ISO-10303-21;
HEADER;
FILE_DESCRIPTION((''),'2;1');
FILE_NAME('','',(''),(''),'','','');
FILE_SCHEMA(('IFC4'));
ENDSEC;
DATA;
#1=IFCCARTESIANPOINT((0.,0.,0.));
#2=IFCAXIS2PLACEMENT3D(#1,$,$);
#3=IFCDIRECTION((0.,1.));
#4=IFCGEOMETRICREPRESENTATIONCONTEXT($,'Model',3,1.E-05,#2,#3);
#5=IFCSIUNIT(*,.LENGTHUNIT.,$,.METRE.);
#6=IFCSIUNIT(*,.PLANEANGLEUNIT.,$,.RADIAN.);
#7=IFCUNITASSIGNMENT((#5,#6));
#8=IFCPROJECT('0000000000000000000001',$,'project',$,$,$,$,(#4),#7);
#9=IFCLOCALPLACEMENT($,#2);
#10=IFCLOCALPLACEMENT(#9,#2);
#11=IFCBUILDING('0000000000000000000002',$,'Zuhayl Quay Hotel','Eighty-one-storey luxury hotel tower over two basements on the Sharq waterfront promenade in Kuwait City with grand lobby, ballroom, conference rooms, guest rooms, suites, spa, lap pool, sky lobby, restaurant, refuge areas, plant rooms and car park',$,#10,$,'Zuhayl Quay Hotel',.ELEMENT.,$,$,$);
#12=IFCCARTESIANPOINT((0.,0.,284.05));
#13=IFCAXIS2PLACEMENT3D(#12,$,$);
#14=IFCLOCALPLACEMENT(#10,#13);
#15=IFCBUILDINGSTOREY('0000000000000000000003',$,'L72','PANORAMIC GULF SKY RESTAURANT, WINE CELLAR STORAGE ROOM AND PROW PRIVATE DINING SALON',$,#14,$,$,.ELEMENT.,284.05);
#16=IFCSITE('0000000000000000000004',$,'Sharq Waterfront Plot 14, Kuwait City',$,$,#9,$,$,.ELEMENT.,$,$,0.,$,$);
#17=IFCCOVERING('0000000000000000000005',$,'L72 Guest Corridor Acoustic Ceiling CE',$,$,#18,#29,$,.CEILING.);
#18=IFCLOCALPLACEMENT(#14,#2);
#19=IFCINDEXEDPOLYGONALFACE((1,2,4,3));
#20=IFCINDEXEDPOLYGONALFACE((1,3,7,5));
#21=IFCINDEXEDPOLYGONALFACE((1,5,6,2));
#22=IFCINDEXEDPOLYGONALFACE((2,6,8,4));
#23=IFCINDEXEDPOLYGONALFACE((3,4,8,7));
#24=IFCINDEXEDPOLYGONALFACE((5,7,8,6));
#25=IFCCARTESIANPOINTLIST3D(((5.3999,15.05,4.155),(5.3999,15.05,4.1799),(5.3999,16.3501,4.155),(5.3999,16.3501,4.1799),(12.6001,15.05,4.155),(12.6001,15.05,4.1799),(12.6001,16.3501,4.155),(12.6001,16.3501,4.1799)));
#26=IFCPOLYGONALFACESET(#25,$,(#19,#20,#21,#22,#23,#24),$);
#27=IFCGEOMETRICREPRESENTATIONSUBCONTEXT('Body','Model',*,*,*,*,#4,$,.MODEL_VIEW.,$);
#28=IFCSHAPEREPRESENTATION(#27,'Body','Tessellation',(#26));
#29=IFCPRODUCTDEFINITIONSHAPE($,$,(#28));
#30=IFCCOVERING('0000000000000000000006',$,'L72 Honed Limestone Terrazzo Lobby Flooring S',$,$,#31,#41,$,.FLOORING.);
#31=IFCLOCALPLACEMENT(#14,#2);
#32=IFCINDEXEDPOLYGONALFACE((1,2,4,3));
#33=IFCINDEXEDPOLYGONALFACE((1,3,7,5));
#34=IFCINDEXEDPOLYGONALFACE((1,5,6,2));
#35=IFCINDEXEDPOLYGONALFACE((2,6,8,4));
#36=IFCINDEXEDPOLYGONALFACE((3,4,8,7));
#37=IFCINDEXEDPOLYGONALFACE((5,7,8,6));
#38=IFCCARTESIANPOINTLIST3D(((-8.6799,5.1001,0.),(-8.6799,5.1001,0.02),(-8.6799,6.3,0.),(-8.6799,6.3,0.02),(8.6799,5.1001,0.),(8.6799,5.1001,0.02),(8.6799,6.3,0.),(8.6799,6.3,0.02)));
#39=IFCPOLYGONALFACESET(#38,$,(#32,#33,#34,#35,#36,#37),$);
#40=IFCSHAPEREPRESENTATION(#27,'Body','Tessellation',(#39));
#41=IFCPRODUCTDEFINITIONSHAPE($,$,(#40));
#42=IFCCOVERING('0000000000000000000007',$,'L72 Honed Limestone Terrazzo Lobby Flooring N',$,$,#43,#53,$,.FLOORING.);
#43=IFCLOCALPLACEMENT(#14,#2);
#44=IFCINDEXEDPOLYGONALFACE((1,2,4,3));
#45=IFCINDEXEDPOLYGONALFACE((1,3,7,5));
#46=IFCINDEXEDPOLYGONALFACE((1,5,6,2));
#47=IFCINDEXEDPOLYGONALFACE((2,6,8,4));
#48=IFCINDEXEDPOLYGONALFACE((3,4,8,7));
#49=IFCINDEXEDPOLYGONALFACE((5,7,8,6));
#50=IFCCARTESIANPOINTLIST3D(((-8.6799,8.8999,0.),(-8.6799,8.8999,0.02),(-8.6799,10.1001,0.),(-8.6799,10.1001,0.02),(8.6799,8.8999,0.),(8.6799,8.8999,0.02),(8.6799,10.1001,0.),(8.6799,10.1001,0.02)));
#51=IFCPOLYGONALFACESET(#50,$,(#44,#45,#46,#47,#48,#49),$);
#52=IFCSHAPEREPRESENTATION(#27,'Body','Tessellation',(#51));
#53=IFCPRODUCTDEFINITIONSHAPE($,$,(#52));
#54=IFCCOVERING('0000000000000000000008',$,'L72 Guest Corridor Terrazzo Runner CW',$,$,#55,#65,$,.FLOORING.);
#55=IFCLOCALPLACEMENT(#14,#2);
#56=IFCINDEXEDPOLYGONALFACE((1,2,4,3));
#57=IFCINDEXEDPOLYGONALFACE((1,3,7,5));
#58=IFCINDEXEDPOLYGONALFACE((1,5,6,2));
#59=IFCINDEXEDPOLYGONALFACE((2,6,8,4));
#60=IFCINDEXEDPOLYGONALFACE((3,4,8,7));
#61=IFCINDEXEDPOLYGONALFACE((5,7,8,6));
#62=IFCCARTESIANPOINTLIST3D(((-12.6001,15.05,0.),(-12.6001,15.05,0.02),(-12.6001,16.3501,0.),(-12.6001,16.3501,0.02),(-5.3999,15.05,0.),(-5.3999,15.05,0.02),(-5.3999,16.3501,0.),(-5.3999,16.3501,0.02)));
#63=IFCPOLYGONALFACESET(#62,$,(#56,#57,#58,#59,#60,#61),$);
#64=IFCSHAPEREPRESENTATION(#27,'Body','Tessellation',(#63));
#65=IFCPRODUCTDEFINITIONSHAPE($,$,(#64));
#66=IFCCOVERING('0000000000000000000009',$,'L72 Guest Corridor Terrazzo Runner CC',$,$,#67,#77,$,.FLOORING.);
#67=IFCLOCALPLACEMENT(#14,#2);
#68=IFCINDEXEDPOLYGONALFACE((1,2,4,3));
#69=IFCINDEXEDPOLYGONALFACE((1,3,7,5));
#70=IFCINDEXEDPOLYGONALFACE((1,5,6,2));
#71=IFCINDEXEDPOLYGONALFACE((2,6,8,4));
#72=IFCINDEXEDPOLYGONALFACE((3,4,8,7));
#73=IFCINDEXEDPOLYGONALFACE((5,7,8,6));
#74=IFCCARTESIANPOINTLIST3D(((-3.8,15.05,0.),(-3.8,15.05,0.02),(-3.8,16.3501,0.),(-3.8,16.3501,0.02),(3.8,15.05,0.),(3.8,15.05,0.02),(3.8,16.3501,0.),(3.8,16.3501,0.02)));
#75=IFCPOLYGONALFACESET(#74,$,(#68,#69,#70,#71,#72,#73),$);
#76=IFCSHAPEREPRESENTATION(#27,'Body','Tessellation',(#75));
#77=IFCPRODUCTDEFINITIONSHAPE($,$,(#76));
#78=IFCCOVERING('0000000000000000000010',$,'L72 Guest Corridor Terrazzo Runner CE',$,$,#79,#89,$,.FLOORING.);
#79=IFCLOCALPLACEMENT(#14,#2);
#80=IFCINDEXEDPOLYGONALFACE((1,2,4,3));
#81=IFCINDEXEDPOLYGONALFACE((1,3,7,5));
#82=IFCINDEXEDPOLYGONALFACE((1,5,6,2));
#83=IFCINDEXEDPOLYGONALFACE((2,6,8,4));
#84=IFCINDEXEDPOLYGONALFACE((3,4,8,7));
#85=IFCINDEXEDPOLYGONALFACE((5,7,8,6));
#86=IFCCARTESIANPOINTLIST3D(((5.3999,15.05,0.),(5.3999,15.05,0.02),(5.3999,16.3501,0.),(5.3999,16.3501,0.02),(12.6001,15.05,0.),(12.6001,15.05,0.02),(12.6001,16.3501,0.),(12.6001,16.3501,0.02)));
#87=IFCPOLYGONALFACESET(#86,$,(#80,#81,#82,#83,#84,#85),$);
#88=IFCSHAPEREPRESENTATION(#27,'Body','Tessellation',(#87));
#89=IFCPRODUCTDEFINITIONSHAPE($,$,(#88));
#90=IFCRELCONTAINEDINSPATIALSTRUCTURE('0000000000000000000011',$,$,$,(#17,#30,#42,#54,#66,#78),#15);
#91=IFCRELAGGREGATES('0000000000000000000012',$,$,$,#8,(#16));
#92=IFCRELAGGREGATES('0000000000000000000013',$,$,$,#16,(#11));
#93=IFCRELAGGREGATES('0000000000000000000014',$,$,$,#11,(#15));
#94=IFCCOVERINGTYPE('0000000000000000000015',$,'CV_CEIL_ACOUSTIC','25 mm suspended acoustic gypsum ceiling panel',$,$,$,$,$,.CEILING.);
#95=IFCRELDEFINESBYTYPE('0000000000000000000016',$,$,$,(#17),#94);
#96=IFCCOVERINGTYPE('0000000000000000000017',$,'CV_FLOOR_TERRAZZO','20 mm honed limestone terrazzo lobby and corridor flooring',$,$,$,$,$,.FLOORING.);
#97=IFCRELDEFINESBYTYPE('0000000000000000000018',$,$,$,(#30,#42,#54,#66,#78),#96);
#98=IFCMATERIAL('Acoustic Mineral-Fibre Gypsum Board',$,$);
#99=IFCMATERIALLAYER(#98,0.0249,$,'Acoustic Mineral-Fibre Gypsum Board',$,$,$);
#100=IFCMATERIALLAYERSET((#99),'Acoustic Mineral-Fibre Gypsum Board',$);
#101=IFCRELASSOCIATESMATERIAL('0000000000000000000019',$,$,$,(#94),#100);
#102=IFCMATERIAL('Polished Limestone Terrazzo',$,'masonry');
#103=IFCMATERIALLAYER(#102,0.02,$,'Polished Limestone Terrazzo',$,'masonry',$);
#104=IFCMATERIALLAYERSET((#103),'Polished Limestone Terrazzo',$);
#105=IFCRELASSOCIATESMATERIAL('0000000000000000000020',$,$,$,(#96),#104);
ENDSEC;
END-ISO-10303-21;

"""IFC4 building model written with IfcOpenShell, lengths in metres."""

from ifc_helpers import new_model, si_unit, direction, frame, origin, place, context, subcontext, project, spatial, polyline, outline, extrude, material, layer, layer_set, type_object, element, save


model = new_model("IFC4")

# Units and contexts
model_context = context("Model", 3, precision=1e-05, world=origin(), true_north=direction((0.0, 1.0)))
body_context = subcontext(model_context, "Body", "Model", "MODEL_VIEW")
ifc_project = project(units=[si_unit("LENGTHUNIT", "METRE"), si_unit("PLANEANGLEUNIT", "RADIAN")], contexts=[model_context])

# Site, building, storey
site_placement = place(None, origin())
site = spatial("IfcSite", under=ifc_project, at=site_placement, Name="Sharq Waterfront Plot 14, Kuwait City", CompositionType="ELEMENT", RefElevation=0.0)
building_placement = place(site_placement, origin())
building = spatial("IfcBuilding", under=site, at=building_placement, Name="Zuhayl Quay Hotel", Description="Eighty-one-storey luxury hotel tower over two basements on the Sharq waterfront promenade in Kuwait City with grand lobby, ballroom, conference rooms, guest rooms, suites, spa, lap pool, sky lobby, restaurant, refuge areas, plant rooms and car park", LongName="Zuhayl Quay Hotel", CompositionType="ELEMENT")
storey_placement = place(building_placement, frame((0.0, 0.0, 284.05)))
storey = spatial("IfcBuildingStorey", under=building, at=storey_placement, Name="L72", Description="PANORAMIC GULF SKY RESTAURANT, WINE CELLAR STORAGE ROOM AND PROW PRIVATE DINING SALON", CompositionType="ELEMENT", Elevation=284.05)

# Coverings
ifc_material_1 = material(Name="Acoustic Mineral-Fibre Gypsum Board")
ifc_layer_1 = layer(ifc_material_1, 0.0249, Name="Acoustic Mineral-Fibre Gypsum Board")
ifc_layer_set_1 = layer_set([ifc_layer_1], Name="Acoustic Mineral-Fibre Gypsum Board")
covering_type_1 = type_object("IfcCoveringType", Name="CV_CEIL_ACOUSTIC", Description="25 mm suspended acoustic gypsum ceiling panel", PredefinedType="CEILING", material=ifc_layer_set_1)
covering_1_placement = place(storey_placement, frame((0.0, 0.0, 4.155)))
element("IfcCovering", 1, at=covering_1_placement, inside=storey, type_object=covering_type_1, Name="L72 Guest Corridor Acoustic Ceiling CE", PredefinedType="CEILING", context=body_context, shape_type="SweptSolid", body=[
    extrude(outline(polyline([(5.3999, 15.05), (12.6001, 15.05), (12.6001, 16.3501), (5.3999, 16.3501), (5.3999, 15.05)])), origin(), (0.0, 0.0, 1.0), 0.0249),
])
ifc_material_2 = material(Name="Polished Limestone Terrazzo", Category="masonry")
ifc_layer_2 = layer(ifc_material_2, 0.02, Name="Polished Limestone Terrazzo", Category="masonry")
ifc_layer_set_2 = layer_set([ifc_layer_2], Name="Polished Limestone Terrazzo")
covering_type_2 = type_object("IfcCoveringType", Name="CV_FLOOR_TERRAZZO", Description="20 mm honed limestone terrazzo lobby and corridor flooring", PredefinedType="FLOORING", material=ifc_layer_set_2)
covering_2_placement = place(storey_placement, origin())
element("IfcCovering", 2, at=covering_2_placement, inside=storey, type_object=covering_type_2, Name="L72 Honed Limestone Terrazzo Lobby Flooring S", PredefinedType="FLOORING", context=body_context, shape_type="SweptSolid", body=[
    extrude(outline(polyline([(-8.6799, 5.1001), (8.6799, 5.1001), (8.6799, 6.3), (-8.6799, 6.3), (-8.6799, 5.1001)])), origin(), (0.0, 0.0, 1.0), 0.02),
])
covering_3_placement = place(storey_placement, origin())
element("IfcCovering", 3, at=covering_3_placement, inside=storey, type_object=covering_type_2, Name="L72 Honed Limestone Terrazzo Lobby Flooring N", PredefinedType="FLOORING", context=body_context, shape_type="SweptSolid", body=[
    extrude(outline(polyline([(-8.6799, 8.8999), (8.6799, 8.8999), (8.6799, 10.1001), (-8.6799, 10.1001), (-8.6799, 8.8999)])), origin(), (0.0, 0.0, 1.0), 0.02),
])
covering_4_placement = place(storey_placement, origin())
element("IfcCovering", 4, at=covering_4_placement, inside=storey, type_object=covering_type_2, Name="L72 Guest Corridor Terrazzo Runner CW", PredefinedType="FLOORING", context=body_context, shape_type="SweptSolid", body=[
    extrude(outline(polyline([(-12.6001, 15.05), (-5.3999, 15.05), (-5.3999, 16.3501), (-12.6001, 16.3501), (-12.6001, 15.05)])), origin(), (0.0, 0.0, 1.0), 0.02),
])
covering_5_placement = place(storey_placement, origin())
element("IfcCovering", 5, at=covering_5_placement, inside=storey, type_object=covering_type_2, Name="L72 Guest Corridor Terrazzo Runner CC", PredefinedType="FLOORING", context=body_context, shape_type="SweptSolid", body=[
    extrude(outline(polyline([(-3.8, 15.05), (3.8, 15.05), (3.8, 16.3501), (-3.8, 16.3501), (-3.8, 15.05)])), origin(), (0.0, 0.0, 1.0), 0.02),
])
covering_6_placement = place(storey_placement, origin())
element("IfcCovering", 6, at=covering_6_placement, inside=storey, type_object=covering_type_2, Name="L72 Guest Corridor Terrazzo Runner CE", PredefinedType="FLOORING", context=body_context, shape_type="SweptSolid", body=[
    extrude(outline(polyline([(5.3999, 15.05), (12.6001, 15.05), (12.6001, 16.3501), (5.3999, 16.3501), (5.3999, 15.05)])), origin(), (0.0, 0.0, 1.0), 0.02),
])

save(model, "model.ifc")
